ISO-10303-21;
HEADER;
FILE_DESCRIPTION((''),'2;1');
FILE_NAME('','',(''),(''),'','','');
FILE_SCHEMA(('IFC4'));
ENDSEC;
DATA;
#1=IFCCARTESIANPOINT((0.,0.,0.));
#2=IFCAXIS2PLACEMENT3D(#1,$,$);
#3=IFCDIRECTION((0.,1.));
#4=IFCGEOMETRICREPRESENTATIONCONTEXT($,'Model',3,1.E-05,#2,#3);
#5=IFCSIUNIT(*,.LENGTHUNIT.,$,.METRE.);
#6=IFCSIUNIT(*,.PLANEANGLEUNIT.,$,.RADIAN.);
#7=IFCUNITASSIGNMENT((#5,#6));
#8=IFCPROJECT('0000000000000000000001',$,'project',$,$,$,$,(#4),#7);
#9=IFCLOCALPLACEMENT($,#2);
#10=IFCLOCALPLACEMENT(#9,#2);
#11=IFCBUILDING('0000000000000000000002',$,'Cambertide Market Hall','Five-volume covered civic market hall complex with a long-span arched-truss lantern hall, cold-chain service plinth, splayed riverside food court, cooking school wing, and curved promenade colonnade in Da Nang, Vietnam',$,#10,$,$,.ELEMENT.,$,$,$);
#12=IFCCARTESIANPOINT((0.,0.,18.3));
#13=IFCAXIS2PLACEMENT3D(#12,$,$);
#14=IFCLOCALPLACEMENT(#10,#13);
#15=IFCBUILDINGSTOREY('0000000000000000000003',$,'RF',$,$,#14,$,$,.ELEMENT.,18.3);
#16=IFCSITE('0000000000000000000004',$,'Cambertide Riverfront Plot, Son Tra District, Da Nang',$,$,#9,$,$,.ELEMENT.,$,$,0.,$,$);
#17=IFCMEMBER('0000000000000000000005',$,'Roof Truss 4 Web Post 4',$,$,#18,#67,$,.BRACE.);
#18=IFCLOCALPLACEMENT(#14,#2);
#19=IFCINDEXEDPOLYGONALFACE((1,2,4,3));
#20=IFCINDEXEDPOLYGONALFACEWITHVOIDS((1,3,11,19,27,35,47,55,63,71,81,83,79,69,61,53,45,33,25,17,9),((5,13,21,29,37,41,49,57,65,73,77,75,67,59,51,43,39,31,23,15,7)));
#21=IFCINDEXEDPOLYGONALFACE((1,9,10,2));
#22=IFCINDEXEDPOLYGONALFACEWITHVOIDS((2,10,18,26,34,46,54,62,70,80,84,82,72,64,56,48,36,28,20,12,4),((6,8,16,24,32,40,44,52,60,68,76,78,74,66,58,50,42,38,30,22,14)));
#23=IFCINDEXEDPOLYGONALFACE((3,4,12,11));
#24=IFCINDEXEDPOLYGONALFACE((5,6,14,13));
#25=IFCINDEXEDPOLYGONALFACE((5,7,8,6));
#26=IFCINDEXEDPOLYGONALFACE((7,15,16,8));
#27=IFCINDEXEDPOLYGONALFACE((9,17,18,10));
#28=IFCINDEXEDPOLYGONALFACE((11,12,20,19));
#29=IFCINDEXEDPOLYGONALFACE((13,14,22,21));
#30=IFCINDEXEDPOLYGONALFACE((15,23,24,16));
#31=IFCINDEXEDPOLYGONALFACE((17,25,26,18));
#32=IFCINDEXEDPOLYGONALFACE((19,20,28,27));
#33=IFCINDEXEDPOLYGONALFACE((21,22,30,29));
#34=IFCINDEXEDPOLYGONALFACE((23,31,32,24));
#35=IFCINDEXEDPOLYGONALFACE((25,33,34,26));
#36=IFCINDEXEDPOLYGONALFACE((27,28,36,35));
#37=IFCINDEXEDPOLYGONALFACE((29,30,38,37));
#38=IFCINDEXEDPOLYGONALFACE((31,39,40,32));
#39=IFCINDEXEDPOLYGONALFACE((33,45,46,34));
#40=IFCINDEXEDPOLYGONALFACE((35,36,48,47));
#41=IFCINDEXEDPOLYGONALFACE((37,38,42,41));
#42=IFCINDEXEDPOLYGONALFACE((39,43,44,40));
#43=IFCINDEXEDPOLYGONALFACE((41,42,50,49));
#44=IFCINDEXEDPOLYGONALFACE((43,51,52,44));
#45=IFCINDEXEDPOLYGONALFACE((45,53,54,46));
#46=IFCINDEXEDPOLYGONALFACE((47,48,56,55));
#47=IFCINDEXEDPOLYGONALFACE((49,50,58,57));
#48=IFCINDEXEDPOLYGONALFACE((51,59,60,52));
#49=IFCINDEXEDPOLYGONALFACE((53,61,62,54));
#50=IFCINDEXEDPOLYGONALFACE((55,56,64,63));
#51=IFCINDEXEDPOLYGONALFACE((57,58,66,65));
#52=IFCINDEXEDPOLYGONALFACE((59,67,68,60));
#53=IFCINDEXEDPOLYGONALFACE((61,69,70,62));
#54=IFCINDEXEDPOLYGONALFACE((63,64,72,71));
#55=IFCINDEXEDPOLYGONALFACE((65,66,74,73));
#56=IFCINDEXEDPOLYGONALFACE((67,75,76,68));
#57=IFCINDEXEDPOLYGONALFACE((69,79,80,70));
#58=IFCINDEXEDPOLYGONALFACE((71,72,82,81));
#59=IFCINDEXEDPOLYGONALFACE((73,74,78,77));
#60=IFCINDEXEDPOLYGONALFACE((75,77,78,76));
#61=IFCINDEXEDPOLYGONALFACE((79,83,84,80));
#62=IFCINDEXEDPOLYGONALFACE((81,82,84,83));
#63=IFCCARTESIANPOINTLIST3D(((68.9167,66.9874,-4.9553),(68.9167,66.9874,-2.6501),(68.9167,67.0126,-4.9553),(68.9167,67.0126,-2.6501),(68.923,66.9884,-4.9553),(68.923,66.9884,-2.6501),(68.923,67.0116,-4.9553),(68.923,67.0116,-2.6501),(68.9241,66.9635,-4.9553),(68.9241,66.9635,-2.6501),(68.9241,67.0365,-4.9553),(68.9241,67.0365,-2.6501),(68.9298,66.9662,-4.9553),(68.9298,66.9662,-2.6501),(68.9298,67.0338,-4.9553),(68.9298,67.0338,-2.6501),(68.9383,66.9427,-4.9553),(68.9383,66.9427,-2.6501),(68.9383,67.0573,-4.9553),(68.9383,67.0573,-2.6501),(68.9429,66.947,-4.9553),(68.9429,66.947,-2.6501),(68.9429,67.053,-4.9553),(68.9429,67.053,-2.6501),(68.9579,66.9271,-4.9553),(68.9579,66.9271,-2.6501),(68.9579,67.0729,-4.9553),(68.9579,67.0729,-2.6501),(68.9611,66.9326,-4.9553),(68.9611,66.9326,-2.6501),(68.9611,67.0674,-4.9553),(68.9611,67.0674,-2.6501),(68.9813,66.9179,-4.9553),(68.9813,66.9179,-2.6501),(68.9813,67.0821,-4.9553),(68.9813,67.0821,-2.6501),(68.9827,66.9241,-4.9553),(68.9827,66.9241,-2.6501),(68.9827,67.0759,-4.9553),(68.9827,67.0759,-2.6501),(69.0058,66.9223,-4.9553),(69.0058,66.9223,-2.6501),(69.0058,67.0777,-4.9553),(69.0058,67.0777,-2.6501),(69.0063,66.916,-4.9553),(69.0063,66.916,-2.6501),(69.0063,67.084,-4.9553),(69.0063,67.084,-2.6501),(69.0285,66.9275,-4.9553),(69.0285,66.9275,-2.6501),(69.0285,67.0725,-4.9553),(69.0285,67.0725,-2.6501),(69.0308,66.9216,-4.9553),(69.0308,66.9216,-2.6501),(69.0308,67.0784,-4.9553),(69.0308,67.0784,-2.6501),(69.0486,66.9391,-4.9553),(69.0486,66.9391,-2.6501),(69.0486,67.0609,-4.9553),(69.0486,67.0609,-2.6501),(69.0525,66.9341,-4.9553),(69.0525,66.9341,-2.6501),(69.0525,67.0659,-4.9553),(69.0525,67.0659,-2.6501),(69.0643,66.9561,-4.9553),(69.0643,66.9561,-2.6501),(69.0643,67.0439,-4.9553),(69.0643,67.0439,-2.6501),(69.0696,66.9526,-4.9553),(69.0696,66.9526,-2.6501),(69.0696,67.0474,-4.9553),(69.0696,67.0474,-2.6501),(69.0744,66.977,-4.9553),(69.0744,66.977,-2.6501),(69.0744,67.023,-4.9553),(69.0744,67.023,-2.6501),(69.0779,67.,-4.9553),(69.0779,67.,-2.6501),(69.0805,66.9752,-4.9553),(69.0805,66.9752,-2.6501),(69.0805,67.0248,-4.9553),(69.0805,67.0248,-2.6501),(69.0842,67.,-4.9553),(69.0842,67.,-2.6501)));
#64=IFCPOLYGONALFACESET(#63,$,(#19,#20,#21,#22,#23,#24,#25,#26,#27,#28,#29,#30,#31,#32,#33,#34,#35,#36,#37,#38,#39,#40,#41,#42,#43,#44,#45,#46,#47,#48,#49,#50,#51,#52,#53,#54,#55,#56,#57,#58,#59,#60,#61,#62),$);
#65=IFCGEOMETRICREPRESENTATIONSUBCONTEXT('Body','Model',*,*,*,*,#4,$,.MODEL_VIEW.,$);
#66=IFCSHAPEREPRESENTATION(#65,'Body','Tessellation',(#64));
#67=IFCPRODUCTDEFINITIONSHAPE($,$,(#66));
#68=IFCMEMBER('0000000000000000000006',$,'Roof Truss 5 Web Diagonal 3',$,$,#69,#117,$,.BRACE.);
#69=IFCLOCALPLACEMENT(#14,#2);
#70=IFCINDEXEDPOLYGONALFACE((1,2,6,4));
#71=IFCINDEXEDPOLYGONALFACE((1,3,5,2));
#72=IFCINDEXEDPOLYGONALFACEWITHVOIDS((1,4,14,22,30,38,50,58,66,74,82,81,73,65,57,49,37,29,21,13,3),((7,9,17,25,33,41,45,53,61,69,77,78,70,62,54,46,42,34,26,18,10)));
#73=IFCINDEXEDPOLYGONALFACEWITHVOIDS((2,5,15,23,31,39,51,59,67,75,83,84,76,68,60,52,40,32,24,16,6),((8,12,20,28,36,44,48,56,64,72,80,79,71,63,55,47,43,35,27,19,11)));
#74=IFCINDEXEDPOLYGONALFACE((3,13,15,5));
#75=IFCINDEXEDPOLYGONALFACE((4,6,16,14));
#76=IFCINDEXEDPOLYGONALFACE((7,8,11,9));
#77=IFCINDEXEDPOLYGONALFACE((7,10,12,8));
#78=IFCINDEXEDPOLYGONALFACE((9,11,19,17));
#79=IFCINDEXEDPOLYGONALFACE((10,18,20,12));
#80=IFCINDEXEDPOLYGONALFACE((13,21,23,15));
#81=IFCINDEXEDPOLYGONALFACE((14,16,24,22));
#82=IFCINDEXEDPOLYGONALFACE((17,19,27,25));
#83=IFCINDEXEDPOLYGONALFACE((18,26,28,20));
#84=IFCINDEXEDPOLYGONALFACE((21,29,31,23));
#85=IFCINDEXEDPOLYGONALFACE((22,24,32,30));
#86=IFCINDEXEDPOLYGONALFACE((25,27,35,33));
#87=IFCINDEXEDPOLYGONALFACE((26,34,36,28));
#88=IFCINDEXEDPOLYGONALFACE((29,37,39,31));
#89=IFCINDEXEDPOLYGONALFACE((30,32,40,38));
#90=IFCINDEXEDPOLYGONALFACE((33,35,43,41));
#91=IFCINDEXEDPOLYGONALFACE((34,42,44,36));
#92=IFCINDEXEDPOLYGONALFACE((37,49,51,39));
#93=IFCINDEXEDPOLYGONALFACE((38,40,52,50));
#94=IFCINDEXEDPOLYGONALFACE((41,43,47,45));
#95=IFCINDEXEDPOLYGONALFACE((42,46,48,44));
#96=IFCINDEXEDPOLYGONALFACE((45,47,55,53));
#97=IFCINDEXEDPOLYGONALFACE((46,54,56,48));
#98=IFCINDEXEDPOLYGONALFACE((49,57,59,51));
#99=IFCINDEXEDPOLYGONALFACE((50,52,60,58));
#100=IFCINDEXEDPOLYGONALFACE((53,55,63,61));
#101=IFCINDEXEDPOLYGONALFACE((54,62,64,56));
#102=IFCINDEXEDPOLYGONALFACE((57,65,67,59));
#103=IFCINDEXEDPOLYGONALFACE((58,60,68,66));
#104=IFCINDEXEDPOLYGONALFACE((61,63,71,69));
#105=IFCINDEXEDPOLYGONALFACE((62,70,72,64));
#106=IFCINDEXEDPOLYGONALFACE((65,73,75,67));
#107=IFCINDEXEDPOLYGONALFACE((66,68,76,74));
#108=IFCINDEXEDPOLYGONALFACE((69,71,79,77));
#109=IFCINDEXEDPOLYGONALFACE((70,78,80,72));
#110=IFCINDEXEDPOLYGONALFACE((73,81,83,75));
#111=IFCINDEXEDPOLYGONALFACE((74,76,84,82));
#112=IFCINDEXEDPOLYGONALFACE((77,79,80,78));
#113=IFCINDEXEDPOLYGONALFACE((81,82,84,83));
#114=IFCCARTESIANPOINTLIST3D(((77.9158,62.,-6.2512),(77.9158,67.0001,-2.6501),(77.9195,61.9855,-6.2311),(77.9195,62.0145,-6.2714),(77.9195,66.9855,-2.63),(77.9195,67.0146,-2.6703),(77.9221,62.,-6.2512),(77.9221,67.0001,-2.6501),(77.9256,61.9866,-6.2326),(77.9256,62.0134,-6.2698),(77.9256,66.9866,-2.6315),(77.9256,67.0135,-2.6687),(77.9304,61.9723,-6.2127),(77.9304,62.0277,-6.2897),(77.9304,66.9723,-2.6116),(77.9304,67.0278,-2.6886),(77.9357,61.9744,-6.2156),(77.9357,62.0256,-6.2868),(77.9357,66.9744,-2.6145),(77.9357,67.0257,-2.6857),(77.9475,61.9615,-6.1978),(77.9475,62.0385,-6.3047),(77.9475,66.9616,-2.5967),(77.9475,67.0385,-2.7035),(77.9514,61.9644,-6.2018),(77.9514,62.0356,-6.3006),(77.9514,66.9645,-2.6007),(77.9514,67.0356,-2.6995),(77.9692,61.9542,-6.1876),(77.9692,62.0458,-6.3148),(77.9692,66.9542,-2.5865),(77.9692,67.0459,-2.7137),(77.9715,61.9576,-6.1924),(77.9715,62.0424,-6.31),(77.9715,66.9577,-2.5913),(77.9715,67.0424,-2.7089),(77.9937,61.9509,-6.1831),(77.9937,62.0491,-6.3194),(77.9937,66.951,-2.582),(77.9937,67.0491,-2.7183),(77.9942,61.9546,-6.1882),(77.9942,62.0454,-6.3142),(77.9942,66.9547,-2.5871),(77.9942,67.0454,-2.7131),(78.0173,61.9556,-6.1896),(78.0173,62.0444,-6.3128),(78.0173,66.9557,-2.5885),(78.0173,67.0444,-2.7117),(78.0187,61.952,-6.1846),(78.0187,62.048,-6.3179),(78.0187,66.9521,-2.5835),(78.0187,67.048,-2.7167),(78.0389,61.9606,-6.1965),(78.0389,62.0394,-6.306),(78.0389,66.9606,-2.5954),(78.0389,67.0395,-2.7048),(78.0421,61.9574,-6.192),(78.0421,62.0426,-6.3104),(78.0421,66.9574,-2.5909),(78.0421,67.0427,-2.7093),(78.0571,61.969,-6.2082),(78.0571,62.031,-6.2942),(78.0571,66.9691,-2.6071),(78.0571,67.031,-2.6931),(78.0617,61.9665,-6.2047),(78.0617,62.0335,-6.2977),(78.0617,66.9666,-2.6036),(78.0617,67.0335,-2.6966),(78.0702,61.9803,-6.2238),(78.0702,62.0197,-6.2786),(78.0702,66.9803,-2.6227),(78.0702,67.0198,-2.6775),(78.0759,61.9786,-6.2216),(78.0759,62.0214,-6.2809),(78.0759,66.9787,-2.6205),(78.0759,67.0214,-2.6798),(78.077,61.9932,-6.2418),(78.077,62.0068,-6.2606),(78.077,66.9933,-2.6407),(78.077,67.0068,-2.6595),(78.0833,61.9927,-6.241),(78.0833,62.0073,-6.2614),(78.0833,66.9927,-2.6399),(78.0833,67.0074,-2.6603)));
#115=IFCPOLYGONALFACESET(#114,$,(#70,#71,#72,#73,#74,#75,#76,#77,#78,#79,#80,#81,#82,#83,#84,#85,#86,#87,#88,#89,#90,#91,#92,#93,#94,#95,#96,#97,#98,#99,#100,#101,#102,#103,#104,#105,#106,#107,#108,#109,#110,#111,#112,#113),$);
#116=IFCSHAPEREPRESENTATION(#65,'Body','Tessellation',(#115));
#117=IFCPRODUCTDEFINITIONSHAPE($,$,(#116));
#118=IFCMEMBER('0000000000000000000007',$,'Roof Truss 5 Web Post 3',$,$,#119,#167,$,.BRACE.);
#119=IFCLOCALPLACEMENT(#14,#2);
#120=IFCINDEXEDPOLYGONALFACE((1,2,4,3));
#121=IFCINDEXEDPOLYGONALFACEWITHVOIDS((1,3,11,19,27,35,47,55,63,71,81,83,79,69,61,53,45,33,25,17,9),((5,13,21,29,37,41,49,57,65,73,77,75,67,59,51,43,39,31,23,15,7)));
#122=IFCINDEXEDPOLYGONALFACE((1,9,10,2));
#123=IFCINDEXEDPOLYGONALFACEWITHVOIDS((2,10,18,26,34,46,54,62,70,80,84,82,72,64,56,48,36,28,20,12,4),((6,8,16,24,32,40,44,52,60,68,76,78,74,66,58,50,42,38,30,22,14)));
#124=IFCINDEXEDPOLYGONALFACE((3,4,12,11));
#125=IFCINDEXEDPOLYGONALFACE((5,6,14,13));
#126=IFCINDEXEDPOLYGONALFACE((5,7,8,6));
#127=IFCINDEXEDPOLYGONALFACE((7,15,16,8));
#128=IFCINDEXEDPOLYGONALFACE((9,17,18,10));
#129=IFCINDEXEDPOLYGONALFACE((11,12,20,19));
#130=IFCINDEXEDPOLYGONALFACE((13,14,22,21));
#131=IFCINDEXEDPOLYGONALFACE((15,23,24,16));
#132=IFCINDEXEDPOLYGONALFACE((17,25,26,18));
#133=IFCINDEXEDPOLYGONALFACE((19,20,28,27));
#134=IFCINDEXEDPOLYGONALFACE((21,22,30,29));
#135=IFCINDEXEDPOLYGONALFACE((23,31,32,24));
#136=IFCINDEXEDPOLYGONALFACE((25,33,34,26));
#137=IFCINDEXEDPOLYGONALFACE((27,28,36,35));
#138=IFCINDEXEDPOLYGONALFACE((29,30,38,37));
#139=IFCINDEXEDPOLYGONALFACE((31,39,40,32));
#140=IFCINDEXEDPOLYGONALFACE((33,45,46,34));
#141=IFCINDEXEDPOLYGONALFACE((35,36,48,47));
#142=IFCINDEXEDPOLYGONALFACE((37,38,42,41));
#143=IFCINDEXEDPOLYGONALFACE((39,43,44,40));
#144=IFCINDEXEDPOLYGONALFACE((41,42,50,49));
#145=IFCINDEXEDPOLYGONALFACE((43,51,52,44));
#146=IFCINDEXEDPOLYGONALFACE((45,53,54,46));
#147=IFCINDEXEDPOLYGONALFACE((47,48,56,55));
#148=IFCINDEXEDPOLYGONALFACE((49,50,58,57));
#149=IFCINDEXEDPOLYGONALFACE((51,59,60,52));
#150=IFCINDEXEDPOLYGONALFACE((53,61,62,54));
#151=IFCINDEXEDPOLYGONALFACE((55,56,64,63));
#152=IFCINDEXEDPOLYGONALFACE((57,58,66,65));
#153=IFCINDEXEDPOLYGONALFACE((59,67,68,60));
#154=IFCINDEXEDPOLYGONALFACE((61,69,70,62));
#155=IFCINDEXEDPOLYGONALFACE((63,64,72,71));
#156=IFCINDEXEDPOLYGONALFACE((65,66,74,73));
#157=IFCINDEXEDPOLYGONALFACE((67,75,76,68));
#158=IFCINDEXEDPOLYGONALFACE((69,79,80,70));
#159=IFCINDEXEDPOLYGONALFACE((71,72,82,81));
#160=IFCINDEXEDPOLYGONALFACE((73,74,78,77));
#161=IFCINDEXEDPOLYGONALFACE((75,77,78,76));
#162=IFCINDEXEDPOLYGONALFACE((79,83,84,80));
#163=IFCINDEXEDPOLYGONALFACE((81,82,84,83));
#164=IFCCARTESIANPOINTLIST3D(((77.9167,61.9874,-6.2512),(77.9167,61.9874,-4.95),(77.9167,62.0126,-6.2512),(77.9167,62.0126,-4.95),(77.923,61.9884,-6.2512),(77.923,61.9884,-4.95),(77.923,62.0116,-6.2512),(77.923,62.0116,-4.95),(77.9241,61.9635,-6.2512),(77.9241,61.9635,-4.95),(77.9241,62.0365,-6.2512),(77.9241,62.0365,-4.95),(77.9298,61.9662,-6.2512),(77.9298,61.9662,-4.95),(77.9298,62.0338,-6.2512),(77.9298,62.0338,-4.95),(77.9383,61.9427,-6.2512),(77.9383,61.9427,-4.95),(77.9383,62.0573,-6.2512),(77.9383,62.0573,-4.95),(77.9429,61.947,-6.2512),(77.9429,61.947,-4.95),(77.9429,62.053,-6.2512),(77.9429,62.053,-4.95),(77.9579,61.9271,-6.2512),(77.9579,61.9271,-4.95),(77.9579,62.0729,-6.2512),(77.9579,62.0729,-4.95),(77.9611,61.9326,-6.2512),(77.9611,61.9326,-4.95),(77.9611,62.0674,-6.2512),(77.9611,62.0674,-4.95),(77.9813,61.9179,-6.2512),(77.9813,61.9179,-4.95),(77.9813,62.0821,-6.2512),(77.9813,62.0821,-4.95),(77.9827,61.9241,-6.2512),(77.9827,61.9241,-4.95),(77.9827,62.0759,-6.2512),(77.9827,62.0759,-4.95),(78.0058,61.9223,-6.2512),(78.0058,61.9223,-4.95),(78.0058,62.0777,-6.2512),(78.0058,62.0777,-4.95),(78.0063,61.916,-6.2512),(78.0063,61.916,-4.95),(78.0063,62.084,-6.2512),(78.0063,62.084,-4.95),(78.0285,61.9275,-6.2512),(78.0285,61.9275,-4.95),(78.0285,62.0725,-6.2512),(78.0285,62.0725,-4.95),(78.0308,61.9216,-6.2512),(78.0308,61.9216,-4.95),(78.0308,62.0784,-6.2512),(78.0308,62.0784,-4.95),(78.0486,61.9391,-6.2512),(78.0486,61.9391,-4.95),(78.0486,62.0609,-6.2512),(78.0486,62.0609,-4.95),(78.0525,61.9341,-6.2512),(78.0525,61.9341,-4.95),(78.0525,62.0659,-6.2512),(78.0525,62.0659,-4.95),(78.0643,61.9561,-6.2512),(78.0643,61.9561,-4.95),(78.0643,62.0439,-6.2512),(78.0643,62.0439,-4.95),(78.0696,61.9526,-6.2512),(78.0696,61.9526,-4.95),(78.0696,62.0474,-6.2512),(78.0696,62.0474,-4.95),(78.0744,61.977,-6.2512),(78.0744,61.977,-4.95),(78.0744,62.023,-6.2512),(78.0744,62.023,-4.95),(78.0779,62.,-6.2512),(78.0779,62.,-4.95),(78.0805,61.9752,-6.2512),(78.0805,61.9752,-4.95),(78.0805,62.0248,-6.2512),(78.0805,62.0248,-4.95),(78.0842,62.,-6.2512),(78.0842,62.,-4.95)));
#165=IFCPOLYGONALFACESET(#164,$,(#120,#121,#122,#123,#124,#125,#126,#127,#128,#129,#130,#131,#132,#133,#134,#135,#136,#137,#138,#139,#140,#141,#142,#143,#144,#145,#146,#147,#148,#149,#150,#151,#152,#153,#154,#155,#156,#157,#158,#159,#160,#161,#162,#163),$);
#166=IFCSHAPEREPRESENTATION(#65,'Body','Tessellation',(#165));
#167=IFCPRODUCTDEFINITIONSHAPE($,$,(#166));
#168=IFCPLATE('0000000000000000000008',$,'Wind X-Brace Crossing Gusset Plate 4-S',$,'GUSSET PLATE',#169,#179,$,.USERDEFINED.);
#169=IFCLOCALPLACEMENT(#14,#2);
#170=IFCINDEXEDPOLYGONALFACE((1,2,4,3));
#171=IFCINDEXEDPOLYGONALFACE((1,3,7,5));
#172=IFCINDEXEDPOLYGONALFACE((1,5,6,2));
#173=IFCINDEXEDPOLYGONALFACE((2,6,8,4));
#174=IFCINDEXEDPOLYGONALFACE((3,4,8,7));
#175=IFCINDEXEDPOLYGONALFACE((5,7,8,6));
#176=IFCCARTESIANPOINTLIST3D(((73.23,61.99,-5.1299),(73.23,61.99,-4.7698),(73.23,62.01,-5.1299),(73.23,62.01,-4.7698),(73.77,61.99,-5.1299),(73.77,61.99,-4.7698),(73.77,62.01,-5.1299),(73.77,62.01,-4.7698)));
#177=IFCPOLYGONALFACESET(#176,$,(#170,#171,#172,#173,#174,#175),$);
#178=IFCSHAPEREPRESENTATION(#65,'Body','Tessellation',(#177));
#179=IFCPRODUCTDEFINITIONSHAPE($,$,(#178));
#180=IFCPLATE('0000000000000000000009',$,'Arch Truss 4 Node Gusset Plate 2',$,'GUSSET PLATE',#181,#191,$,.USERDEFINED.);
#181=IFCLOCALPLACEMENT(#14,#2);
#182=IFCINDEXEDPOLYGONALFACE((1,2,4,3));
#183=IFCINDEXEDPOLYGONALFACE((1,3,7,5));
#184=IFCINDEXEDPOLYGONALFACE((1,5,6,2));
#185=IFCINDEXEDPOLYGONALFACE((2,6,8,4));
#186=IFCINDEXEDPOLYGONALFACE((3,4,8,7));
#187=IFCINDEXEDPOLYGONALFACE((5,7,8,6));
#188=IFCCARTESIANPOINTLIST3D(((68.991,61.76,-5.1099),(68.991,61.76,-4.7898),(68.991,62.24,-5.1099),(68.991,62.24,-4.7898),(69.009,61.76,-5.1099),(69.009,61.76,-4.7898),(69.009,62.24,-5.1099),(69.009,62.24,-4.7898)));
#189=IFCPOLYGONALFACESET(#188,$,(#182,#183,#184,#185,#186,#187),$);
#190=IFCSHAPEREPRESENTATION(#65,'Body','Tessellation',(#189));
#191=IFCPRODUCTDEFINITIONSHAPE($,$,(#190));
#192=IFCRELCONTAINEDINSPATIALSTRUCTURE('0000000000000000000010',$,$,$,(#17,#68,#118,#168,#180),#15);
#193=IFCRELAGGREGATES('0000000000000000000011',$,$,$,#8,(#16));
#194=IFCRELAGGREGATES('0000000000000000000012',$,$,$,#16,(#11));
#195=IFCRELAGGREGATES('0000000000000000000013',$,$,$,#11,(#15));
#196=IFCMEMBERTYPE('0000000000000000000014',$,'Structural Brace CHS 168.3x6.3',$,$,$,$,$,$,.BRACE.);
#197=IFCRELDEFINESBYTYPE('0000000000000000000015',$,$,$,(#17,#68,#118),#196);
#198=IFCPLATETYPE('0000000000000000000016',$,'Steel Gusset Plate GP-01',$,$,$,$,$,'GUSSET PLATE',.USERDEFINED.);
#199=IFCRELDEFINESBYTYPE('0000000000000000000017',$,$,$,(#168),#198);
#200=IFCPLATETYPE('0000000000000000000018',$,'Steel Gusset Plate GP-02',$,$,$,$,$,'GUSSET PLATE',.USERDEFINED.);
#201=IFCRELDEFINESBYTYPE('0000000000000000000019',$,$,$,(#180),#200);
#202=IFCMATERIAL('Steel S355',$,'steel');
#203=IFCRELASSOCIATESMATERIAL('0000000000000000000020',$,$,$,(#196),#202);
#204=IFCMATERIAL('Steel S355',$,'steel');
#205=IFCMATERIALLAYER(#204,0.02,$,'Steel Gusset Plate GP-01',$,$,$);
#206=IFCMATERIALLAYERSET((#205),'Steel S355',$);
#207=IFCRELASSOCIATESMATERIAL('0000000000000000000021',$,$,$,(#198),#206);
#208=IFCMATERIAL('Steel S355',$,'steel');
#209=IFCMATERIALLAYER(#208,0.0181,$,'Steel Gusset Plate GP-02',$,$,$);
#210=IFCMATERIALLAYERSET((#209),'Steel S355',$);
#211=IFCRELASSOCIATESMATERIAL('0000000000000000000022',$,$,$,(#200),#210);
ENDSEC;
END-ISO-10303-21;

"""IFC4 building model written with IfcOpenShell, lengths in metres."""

from ifc_helpers import new_model, si_unit, direction, frame, origin, origin_2d, place, context, subcontext, project, spatial, rectangle, hollow_circle, extrude, material, layer, layer_set, material_profile, profile_set, type_object, element, save


model = new_model("IFC4")

# Units and contexts
model_context = context("Model", 3, precision=1e-05, world=origin(), true_north=direction((0.0, 1.0)))
body_context = subcontext(model_context, "Body", "Model", "MODEL_VIEW")
ifc_project = project(units=[si_unit("LENGTHUNIT", "METRE"), si_unit("PLANEANGLEUNIT", "RADIAN")], contexts=[model_context])

# Site, building, storey
site_placement = place(None, origin())
site = spatial("IfcSite", under=ifc_project, at=site_placement, Name="Cambertide Riverfront Plot, Son Tra District, Da Nang", CompositionType="ELEMENT", RefElevation=0.0)
building_placement = place(site_placement, origin())
building = spatial("IfcBuilding", under=site, at=building_placement, Name="Cambertide Market Hall", Description="Five-volume covered civic market hall complex with a long-span arched-truss lantern hall, cold-chain service plinth, splayed riverside food court, cooking school wing, and curved promenade colonnade in Da Nang, Vietnam", CompositionType="ELEMENT")
storey_placement = place(building_placement, frame((0.0, 0.0, 18.3)))
storey = spatial("IfcBuildingStorey", under=building, at=storey_placement, Name="RF", CompositionType="ELEMENT", Elevation=18.3)

# Members
ifc_material_1 = material(Name="Steel S355", Category="steel")
ifc_material_profile_1 = material_profile(ifc_material_1, hollow_circle(Radius=0.0842, WallThickness=0.0063, at=origin_2d()), Name="CHS 168.3x6.3")
ifc_profile_set_1 = profile_set([ifc_material_profile_1], Name="Steel S355")
member_type_1 = type_object("IfcMemberType", Name="Structural Brace CHS 168.3x6.3", PredefinedType="BRACE", material=ifc_profile_set_1)
member_1_placement = place(storey_placement, frame((69.0, 67.0, -4.9553), z_axis=(0.0, 0.0, 1.0), x_axis=(1.0, 0.0, 0.0)))
element("IfcMember", 1, at=member_1_placement, inside=storey, type_object=member_type_1, Name="Roof Truss 4 Web Post 4", PredefinedType="BRACE", context=body_context, shape_type="SweptSolid", body=[
    extrude(hollow_circle(Radius=0.0842, WallThickness=0.0063, at=origin_2d()), origin(), (0.0, 0.0, 1.0), 2.3052),
])
member_2_placement = place(storey_placement, frame((78.0, 62.0, -6.2512), z_axis=(0.0, 0.811452, 0.58442), x_axis=(-1.0, 0.0, 0.0)))
element("IfcMember", 2, at=member_2_placement, inside=storey, type_object=member_type_1, Name="Roof Truss 5 Web Diagonal 3", PredefinedType="BRACE", context=body_context, shape_type="SweptSolid", body=[
    extrude(hollow_circle(Radius=0.0842, WallThickness=0.0063, at=origin_2d()), origin(), (0.0, 0.0, 1.0), 6.1619),
])
member_3_placement = place(storey_placement, frame((78.0, 62.0, -6.2512), z_axis=(0.0, 0.0, 1.0), x_axis=(1.0, 0.0, 0.0)))
element("IfcMember", 3, at=member_3_placement, inside=storey, type_object=member_type_1, Name="Roof Truss 5 Web Post 3", PredefinedType="BRACE", context=body_context, shape_type="SweptSolid", body=[
    extrude(hollow_circle(Radius=0.0842, WallThickness=0.0063, at=origin_2d()), origin(), (0.0, 0.0, 1.0), 1.3013),
])

# Plates
ifc_material_2 = material(Name="Steel S355", Category="steel")
ifc_layer_1 = layer(ifc_material_2, 0.02, Name="Steel Gusset Plate GP-01")
ifc_layer_set_1 = layer_set([ifc_layer_1], Name="Steel S355")
plate_type_1 = type_object("IfcPlateType", Name="Steel Gusset Plate GP-01", ElementType="GUSSET PLATE", PredefinedType="USERDEFINED", material=ifc_layer_set_1)
plate_placement = place(storey_placement, frame((73.5, 62.0, -5.1299), z_axis=(0.0, 0.0, 1.0), x_axis=(1.0, 0.0, 0.0)))
element("IfcPlate", 4, at=plate_placement, inside=storey, type_object=plate_type_1, Name="Wind X-Brace Crossing Gusset Plate 4-S", ObjectType="GUSSET PLATE", PredefinedType="USERDEFINED", context=body_context, shape_type="SweptSolid", body=[
    extrude(rectangle(XDim=0.54, YDim=0.02, at=origin_2d()), origin(), (0.0, 0.0, 1.0), 0.3601),
])
ifc_material_3 = material(Name="Steel S355", Category="steel")
ifc_layer_2 = layer(ifc_material_3, 0.0181, Name="Steel Gusset Plate GP-02")
ifc_layer_set_2 = layer_set([ifc_layer_2], Name="Steel S355")
plate_type_2 = type_object("IfcPlateType", Name="Steel Gusset Plate GP-02", ElementType="GUSSET PLATE", PredefinedType="USERDEFINED", material=ifc_layer_set_2)
for number, where, z_axis, x_axis, name in (
    (5, (69.0, 62.0, -5.1099), (0.0, 0.0, 1.0), (1.0, 0.0, 0.0), "Arch Truss 4 Node Gusset Plate 2"),
):
    element("IfcPlate", number, at=place(storey_placement, frame(where, z_axis=z_axis, x_axis=x_axis)), inside=storey, type_object=plate_type_2, Name=name, ObjectType="GUSSET PLATE", PredefinedType="USERDEFINED", context=body_context, shape_type="SweptSolid", body=[
        extrude(rectangle(XDim=0.0181, YDim=0.48, at=origin_2d()), origin(), (0.0, 0.0, 1.0), 0.3201),
    ])

save(model, "model.ifc")
